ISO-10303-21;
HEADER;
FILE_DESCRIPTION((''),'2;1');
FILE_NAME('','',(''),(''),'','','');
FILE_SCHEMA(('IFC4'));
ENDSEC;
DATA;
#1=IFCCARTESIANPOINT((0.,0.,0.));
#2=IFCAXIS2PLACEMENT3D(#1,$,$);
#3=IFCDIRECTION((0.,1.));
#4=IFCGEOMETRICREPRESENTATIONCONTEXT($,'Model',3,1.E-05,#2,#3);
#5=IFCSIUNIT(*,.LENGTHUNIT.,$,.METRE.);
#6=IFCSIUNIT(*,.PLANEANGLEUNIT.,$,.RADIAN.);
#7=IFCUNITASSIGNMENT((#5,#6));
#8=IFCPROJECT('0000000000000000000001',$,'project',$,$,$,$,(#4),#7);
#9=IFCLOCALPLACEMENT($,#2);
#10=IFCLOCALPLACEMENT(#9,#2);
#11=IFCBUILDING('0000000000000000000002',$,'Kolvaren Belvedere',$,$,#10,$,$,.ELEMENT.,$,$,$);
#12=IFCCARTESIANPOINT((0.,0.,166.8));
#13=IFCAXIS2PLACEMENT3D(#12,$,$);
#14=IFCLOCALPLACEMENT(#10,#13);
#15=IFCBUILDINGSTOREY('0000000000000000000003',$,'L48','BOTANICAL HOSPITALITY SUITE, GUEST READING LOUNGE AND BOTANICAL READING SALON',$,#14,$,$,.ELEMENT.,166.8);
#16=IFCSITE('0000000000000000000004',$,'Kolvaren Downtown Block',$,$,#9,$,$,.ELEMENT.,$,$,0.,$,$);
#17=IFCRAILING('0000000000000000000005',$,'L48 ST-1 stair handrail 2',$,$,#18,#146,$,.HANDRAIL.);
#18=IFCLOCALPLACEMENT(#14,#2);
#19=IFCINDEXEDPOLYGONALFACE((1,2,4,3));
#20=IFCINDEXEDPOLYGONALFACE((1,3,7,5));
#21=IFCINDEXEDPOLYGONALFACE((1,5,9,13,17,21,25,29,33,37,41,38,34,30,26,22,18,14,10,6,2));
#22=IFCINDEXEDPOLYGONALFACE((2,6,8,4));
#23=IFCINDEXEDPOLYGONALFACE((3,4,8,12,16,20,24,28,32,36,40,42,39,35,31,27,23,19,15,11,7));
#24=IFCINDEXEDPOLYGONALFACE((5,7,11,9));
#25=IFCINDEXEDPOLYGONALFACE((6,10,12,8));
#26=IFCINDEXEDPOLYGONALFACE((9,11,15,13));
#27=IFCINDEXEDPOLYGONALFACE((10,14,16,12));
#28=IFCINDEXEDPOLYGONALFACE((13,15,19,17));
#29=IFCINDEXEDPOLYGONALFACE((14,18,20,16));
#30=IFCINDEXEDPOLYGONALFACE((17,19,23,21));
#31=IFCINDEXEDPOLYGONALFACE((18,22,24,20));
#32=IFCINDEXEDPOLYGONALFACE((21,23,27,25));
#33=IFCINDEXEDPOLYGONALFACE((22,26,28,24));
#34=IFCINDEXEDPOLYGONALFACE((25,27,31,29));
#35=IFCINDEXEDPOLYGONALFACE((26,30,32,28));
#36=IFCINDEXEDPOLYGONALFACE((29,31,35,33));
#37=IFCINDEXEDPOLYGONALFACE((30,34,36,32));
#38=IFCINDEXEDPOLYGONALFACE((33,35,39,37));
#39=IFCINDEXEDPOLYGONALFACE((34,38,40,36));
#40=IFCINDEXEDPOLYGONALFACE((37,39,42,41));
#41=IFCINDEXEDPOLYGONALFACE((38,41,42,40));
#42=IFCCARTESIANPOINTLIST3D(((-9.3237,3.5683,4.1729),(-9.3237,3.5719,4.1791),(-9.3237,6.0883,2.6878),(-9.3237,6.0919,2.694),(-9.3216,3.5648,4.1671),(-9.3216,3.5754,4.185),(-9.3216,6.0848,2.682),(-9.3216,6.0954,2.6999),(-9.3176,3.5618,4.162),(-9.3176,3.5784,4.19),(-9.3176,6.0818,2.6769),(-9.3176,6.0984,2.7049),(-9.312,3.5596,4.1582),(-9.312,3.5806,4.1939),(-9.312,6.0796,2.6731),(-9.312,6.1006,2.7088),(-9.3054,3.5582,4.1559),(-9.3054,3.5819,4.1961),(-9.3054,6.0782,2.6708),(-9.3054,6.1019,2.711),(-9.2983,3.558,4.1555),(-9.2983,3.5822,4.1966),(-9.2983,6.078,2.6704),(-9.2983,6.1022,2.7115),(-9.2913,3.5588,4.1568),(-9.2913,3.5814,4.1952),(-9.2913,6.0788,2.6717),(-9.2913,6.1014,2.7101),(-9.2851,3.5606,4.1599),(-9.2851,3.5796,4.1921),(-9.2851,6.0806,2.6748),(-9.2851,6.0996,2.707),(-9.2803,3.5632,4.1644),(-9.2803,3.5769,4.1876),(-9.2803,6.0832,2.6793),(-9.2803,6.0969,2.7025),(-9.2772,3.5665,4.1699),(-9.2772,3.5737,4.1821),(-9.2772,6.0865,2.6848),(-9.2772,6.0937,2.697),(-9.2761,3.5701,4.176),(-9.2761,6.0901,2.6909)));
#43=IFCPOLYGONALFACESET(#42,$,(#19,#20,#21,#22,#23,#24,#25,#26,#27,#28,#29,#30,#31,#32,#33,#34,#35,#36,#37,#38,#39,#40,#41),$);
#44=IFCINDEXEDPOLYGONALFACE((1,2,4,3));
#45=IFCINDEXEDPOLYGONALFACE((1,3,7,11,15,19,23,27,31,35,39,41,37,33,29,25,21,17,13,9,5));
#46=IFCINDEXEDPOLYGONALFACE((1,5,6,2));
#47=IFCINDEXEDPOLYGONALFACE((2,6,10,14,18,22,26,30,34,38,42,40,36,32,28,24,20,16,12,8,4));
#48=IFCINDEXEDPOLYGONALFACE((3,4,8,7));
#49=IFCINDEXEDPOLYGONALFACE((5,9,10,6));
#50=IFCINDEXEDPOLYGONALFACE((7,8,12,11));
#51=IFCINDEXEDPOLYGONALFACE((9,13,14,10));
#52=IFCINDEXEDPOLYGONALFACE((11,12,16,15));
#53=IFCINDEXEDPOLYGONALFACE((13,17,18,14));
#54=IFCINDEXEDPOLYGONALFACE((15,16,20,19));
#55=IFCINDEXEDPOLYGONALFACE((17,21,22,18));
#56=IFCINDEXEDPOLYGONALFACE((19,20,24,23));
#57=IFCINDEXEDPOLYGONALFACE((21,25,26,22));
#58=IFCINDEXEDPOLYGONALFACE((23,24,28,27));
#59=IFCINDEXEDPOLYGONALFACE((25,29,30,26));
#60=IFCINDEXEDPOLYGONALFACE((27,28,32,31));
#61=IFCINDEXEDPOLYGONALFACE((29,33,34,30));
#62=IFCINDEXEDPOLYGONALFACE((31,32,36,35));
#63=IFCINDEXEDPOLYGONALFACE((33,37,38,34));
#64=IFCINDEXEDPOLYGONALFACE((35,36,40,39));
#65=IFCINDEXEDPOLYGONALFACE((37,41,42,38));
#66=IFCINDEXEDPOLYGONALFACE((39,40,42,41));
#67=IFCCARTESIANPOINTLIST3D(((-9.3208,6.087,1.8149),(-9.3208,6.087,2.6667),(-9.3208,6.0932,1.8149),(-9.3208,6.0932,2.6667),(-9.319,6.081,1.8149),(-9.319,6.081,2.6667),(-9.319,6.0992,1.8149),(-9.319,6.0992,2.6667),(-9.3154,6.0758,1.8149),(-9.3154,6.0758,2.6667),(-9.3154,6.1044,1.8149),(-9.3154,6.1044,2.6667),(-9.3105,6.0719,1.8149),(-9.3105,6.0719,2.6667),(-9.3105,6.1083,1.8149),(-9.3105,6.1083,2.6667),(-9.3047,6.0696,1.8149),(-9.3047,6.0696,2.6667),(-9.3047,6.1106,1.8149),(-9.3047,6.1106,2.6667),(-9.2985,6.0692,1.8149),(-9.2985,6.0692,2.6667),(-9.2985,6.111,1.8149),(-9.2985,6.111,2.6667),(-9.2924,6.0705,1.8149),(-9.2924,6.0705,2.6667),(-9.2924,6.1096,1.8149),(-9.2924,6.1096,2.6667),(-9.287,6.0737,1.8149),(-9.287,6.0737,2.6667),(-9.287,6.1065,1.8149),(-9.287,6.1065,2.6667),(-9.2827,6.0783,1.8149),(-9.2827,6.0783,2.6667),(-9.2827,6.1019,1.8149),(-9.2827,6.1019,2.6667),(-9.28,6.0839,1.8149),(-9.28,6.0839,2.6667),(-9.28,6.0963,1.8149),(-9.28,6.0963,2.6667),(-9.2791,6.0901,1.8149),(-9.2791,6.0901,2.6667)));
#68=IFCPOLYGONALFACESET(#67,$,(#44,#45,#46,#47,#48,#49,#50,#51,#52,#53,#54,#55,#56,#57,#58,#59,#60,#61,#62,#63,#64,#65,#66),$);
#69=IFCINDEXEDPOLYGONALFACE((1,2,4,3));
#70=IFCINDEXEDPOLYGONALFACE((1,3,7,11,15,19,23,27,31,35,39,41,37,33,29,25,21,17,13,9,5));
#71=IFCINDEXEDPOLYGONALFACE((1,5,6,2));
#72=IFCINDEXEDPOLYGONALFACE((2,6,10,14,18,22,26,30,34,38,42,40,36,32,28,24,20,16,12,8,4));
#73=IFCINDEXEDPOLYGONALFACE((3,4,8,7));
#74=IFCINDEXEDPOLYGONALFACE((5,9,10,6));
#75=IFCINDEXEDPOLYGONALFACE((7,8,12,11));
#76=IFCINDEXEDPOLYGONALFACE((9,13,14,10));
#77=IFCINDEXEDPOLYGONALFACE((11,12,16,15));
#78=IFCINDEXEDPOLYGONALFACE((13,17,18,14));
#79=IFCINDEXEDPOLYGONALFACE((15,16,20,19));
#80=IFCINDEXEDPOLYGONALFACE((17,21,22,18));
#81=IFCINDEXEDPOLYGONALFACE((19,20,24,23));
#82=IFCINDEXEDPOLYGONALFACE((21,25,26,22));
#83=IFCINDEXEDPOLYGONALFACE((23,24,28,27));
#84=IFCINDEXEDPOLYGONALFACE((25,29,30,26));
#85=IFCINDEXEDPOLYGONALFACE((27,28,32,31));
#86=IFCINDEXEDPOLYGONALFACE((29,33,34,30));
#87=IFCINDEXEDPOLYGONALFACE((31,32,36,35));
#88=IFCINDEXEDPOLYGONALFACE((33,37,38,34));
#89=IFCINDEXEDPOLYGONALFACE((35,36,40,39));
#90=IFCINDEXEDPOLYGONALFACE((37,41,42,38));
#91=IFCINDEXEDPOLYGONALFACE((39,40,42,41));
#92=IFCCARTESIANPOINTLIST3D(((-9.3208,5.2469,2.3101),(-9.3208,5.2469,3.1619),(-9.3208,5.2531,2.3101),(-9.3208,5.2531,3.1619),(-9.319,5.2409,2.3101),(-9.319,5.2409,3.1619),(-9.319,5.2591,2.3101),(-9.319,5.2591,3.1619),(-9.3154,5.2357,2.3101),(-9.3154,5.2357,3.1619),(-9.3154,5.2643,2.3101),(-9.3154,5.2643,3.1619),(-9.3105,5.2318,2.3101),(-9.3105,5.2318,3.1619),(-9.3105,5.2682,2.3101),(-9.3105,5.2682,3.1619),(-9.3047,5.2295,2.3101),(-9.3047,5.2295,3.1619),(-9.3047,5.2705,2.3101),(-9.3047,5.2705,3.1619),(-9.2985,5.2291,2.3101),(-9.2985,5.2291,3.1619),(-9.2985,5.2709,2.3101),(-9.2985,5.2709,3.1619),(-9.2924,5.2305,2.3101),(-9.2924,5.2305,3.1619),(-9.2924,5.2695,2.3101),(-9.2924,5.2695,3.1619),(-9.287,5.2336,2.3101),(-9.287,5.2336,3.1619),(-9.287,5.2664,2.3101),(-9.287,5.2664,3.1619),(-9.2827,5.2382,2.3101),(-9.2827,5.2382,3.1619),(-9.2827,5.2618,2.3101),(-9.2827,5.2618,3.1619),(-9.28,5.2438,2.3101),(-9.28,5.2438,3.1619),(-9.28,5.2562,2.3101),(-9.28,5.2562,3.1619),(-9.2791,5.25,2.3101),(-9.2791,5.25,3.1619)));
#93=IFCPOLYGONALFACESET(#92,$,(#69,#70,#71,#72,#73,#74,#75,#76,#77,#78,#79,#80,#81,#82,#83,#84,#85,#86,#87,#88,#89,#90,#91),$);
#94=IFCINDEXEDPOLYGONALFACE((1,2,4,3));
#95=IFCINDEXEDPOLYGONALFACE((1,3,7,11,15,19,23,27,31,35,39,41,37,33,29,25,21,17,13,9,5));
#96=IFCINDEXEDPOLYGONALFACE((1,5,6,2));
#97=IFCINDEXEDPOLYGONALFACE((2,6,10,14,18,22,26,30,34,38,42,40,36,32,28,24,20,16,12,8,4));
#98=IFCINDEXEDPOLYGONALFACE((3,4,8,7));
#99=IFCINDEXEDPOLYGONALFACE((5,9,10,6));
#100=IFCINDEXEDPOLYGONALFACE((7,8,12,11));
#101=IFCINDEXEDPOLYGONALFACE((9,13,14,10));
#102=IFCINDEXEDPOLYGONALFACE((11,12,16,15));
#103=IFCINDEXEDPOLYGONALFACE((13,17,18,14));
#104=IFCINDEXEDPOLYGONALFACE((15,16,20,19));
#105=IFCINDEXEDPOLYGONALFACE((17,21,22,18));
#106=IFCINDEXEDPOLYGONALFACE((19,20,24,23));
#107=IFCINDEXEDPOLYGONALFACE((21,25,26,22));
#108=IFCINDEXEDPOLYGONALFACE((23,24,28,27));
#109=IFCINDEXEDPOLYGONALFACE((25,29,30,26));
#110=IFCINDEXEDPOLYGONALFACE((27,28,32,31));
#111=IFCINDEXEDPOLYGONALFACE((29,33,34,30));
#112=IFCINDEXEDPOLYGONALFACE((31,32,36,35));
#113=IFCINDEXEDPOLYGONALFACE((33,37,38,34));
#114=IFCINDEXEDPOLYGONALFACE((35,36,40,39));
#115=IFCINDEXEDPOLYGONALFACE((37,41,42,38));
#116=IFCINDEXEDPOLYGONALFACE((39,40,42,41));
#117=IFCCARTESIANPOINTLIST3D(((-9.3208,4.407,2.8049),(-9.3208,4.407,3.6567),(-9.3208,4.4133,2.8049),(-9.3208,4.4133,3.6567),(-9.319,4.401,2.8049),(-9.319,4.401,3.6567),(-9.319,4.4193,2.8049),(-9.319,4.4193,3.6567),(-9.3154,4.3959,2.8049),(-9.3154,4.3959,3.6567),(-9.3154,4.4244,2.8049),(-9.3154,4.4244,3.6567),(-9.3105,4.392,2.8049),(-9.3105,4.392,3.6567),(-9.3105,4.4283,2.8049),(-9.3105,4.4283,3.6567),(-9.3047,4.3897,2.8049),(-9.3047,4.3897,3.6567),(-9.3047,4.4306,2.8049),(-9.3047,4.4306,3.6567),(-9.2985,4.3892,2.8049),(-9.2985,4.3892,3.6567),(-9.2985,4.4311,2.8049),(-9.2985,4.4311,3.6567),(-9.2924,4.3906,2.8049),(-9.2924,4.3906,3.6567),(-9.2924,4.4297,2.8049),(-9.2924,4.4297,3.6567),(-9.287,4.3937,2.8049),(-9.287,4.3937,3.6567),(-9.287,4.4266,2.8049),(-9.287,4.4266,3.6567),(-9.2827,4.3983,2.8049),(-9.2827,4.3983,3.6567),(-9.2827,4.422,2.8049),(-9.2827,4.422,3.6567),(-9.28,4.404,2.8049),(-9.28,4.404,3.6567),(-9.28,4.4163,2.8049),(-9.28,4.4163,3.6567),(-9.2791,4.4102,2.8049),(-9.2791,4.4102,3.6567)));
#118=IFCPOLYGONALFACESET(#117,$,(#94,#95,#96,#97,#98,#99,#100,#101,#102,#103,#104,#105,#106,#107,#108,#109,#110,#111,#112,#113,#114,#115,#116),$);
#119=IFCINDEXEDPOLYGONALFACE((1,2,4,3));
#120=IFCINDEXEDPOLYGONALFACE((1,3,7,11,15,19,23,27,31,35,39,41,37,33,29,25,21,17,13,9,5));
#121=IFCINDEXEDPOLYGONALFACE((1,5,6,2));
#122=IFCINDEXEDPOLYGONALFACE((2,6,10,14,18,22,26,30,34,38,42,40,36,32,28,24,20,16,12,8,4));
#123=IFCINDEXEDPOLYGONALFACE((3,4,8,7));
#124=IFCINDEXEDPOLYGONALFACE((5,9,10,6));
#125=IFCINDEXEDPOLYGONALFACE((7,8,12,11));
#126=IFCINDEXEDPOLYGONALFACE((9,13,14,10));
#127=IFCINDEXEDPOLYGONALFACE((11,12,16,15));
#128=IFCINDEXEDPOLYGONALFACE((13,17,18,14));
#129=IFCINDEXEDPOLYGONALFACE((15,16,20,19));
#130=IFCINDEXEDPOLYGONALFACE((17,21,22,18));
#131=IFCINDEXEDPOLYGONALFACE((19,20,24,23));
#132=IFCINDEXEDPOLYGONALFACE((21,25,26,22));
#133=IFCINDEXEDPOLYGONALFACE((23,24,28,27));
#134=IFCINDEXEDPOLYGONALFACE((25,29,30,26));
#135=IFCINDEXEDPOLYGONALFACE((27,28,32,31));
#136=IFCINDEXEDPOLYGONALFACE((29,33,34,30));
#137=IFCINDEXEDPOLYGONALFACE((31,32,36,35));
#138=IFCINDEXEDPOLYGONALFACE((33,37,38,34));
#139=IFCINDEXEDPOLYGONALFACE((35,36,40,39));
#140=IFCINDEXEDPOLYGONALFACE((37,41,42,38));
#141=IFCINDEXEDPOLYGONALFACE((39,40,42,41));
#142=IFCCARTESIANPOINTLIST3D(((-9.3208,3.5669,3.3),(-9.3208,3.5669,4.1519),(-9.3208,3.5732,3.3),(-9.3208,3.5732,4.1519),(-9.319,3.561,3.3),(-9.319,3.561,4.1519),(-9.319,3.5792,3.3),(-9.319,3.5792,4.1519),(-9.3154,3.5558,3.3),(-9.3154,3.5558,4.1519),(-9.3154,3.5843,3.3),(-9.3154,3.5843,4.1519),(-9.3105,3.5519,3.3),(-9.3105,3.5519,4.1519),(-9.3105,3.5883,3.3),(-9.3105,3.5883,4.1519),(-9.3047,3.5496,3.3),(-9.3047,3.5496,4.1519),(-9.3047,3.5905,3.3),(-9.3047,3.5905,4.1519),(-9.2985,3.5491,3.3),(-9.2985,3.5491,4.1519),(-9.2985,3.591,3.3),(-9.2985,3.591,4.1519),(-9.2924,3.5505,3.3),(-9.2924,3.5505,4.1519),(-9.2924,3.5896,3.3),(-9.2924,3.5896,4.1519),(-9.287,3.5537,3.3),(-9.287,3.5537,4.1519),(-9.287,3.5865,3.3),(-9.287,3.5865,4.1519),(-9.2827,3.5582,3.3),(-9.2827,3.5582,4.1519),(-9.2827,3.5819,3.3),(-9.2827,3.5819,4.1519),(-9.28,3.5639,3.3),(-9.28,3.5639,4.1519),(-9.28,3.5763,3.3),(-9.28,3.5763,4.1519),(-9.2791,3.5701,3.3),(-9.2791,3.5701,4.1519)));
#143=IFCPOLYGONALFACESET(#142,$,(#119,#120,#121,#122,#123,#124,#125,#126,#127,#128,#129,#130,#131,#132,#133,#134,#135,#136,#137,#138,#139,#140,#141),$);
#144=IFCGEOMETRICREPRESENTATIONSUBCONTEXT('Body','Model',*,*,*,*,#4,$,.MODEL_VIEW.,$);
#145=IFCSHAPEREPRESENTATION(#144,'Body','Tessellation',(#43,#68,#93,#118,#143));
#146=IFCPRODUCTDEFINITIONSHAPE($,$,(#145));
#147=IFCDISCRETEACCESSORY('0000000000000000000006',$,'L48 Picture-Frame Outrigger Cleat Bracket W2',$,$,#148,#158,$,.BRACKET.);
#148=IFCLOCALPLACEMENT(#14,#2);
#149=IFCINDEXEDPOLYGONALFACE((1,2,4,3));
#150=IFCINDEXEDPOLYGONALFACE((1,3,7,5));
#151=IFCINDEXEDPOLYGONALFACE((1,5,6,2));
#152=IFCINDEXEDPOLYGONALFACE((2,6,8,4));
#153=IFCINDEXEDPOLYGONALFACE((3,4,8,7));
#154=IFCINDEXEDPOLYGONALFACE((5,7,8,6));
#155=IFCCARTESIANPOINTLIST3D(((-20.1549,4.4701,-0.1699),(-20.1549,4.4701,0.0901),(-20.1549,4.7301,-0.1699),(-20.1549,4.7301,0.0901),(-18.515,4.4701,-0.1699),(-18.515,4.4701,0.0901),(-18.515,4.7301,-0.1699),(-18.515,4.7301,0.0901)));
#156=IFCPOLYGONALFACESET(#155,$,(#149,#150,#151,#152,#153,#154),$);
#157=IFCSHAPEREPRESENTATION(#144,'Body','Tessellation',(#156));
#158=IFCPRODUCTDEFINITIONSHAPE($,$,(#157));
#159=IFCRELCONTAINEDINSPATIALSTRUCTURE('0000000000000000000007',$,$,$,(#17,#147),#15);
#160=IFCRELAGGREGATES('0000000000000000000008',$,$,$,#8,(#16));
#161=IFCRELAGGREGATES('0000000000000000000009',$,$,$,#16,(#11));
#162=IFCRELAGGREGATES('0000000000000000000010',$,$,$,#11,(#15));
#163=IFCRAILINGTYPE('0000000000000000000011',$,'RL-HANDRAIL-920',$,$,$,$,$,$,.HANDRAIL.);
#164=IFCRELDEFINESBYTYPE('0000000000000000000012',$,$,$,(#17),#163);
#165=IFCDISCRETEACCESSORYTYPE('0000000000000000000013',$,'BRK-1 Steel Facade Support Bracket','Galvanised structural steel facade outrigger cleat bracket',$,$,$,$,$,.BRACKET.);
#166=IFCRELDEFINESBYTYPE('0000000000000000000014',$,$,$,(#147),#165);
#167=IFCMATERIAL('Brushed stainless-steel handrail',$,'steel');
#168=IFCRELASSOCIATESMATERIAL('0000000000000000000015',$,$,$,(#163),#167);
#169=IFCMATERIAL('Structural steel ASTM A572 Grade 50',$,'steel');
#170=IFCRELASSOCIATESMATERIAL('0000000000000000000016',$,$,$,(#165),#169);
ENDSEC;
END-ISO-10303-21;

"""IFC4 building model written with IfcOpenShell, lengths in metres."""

from ifc_helpers import new_model, si_unit, direction, frame, origin, origin_2d, place, context, subcontext, project, spatial, rectangle, circle, extrude, material, type_object, element, save


model = new_model("IFC4")

# Units and contexts
model_context = context("Model", 3, precision=1e-05, world=origin(), true_north=direction((0.0, 1.0)))
body_context = subcontext(model_context, "Body", "Model", "MODEL_VIEW")
ifc_project = project(units=[si_unit("LENGTHUNIT", "METRE"), si_unit("PLANEANGLEUNIT", "RADIAN")], contexts=[model_context])

# Site, building, storey
site_placement = place(None, origin())
site = spatial("IfcSite", under=ifc_project, at=site_placement, Name="Kolvaren Downtown Block", CompositionType="ELEMENT", RefElevation=0.0)
building_placement = place(site_placement, origin())
building = spatial("IfcBuilding", under=site, at=building_placement, Name="Kolvaren Belvedere", CompositionType="ELEMENT")
storey_placement = place(building_placement, frame((0.0, 0.0, 166.8)))
storey = spatial("IfcBuildingStorey", under=building, at=storey_placement, Name="L48", Description="BOTANICAL HOSPITALITY SUITE, GUEST READING LOUNGE AND BOTANICAL READING SALON", CompositionType="ELEMENT", Elevation=166.8)

# Railing
ifc_material_1 = material(Name="Brushed stainless-steel handrail", Category="steel")
railing_type_1 = type_object("IfcRailingType", Name="RL-HANDRAIL-920", PredefinedType="HANDRAIL", material=ifc_material_1)
railing_1_placement = place(storey_placement, frame((-9.3, 6.0901, 1.8149)))
element("IfcRailing", 1, at=railing_1_placement, inside=storey, type_object=railing_type_1, Name="L48 ST-1 stair handrail 2", PredefinedType="HANDRAIL", context=body_context, shape_type="SweptSolid", body=[
    extrude(circle(Radius=0.0239, at=origin_2d()), frame((0.0, 0.0, 0.876), z_axis=(0.0, -0.861524, 0.507717), x_axis=(1.0, 0.0, 0.0)), (0.0, 0.0, 1.0), 2.925),
    extrude(circle(Radius=0.021, at=origin_2d()), origin(), (0.0, 0.0, 1.0), 0.8518),
    extrude(circle(Radius=0.021, at=origin_2d()), frame((0.0, -0.8401, 0.4951)), (0.0, 0.0, 1.0), 0.8518),
    extrude(circle(Radius=0.021, at=origin_2d()), frame((0.0, -1.6799, 0.99)), (0.0, 0.0, 1.0), 0.8518),
    extrude(circle(Radius=0.021, at=origin_2d()), frame((0.0, -2.52, 1.4851)), (0.0, 0.0, 1.0), 0.8518),
])

# Discrete accessory
ifc_material_2 = material(Name="Structural steel ASTM A572 Grade 50", Category="steel")
discrete_accessory_type = type_object("IfcDiscreteAccessoryType", Name="BRK-1 Steel Facade Support Bracket", Description="Galvanised structural steel facade outrigger cleat bracket", PredefinedType="BRACKET", material=ifc_material_2)
discrete_accessory_placement = place(storey_placement, frame((-19.335, 4.6001, -0.1699), z_axis=(0.0, 0.0, 1.0), x_axis=(1.0, 0.0, 0.0)))
element("IfcDiscreteAccessory", 2, at=discrete_accessory_placement, inside=storey, type_object=discrete_accessory_type, Name="L48 Picture-Frame Outrigger Cleat Bracket W2", PredefinedType="BRACKET", context=body_context, shape_type="SweptSolid", body=[
    extrude(rectangle(XDim=1.6399, YDim=0.26, at=origin_2d()), origin(), (0.0, 0.0, 1.0), 0.26),
])

save(model, "model.ifc")
